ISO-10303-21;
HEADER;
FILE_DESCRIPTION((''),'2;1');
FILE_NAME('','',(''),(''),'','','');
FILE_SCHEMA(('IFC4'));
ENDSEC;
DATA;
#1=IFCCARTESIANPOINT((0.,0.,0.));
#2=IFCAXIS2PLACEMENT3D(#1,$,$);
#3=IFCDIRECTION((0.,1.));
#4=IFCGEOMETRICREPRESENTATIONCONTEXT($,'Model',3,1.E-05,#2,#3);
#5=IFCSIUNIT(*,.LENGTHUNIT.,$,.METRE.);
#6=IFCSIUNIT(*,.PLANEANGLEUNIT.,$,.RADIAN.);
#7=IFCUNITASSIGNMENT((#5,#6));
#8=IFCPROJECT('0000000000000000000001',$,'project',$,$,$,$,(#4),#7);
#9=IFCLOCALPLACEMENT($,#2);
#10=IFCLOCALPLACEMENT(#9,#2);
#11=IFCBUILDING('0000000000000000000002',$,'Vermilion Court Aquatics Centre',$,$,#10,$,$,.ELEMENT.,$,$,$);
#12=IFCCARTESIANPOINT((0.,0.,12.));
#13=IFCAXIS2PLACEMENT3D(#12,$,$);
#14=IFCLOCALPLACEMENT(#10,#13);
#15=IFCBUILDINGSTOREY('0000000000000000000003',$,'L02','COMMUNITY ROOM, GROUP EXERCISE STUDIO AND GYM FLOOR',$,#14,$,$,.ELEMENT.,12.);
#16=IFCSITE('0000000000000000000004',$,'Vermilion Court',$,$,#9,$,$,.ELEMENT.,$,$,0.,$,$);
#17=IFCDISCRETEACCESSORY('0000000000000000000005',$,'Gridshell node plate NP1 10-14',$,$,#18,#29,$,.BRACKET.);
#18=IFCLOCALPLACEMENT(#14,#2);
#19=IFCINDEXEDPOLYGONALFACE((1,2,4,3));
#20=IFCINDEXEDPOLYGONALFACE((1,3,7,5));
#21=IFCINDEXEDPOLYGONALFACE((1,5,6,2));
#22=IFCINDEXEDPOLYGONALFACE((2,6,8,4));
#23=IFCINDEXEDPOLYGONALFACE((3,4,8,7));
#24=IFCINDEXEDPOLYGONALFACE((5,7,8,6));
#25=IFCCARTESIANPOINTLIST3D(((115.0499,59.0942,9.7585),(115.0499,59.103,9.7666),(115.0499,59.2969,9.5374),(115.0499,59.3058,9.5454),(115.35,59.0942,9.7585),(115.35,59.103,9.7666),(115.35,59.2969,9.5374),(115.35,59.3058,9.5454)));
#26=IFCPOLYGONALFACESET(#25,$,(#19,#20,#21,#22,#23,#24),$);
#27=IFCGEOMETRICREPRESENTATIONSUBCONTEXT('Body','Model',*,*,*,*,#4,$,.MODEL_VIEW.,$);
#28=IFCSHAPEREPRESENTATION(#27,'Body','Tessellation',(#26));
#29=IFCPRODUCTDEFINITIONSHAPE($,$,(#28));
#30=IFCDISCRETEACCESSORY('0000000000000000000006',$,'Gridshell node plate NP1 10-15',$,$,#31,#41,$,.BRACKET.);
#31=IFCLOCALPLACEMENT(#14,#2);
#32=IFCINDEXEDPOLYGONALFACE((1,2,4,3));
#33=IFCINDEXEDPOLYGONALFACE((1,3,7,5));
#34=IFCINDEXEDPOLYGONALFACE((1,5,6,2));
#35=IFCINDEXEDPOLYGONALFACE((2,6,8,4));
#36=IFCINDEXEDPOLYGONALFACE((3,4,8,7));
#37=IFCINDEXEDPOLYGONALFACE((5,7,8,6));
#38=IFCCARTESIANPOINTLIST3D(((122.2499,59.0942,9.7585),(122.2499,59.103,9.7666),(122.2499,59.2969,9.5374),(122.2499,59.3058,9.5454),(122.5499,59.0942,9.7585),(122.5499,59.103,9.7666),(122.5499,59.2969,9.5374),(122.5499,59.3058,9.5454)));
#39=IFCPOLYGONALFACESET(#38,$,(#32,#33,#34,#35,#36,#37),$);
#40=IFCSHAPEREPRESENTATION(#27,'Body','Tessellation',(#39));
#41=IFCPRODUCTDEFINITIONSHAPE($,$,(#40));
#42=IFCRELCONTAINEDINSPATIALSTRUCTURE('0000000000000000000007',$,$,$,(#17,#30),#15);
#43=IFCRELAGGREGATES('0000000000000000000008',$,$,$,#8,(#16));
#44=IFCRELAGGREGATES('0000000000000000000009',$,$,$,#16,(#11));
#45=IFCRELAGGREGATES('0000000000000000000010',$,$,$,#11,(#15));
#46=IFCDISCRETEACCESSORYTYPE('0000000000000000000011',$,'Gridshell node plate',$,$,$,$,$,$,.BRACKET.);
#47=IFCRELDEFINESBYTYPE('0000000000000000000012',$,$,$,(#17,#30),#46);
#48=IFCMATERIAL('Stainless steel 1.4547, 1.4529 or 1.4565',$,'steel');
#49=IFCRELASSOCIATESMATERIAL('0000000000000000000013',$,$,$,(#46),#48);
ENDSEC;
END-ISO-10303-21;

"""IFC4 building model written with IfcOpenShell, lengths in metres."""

from ifc_helpers import new_model, si_unit, direction, frame, origin, origin_2d, place, context, subcontext, project, spatial, rectangle, extrude, material, material_profile, profile_set, type_object, element, save


model = new_model("IFC4")

# Units and contexts
model_context = context("Model", 3, precision=1e-05, world=origin(), true_north=direction((0.0, 1.0)))
body_context = subcontext(model_context, "Body", "Model", "MODEL_VIEW")
ifc_project = project(units=[si_unit("LENGTHUNIT", "METRE"), si_unit("PLANEANGLEUNIT", "RADIAN")], contexts=[model_context])

# Site, building, storey
site_placement = place(None, origin())
site = spatial("IfcSite", under=ifc_project, at=site_placement, Name="Vermilion Court", CompositionType="ELEMENT", RefElevation=0.0)
building_placement = place(site_placement, origin())
building = spatial("IfcBuilding", under=site, at=building_placement, Name="Vermilion Court Aquatics Centre", CompositionType="ELEMENT")
storey_placement = place(building_placement, frame((0.0, 0.0, 12.0)))
storey = spatial("IfcBuildingStorey", under=building, at=storey_placement, Name="L02", Description="COMMUNITY ROOM, GROUP EXERCISE STUDIO AND GYM FLOOR", CompositionType="ELEMENT", Elevation=12.0)

# Discrete accessories
ifc_material_1 = material(Name="Stainless steel 1.4547, 1.4529 or 1.4565", Category="steel")
ifc_material_profile_1 = material_profile(ifc_material_1, rectangle(XDim=0.3, YDim=0.3, at=origin_2d()), Name="PL 12 x 300 x 300")
ifc_profile_set_1 = profile_set([ifc_material_profile_1], Name="Stainless steel 1.4547, 1.4529 or 1.4565")
discrete_accessory_type = type_object("IfcDiscreteAccessoryType", Name="Gridshell node plate", PredefinedType="BRACKET", material=ifc_profile_set_1)
for number, where, z_axis, x_axis, name in (
    (1, (115.2, 59.1956, 9.6479), (0.0, 0.737154, 0.675725), (-1.0, 0.0, 0.0), "Gridshell node plate NP1 10-14"),
    (2, (122.3999, 59.1956, 9.6479), (0.0, 0.737154, 0.675725), (-1.0, 0.0, 0.0), "Gridshell node plate NP1 10-15"),
):
    element("IfcDiscreteAccessory", number, at=place(storey_placement, frame(where, z_axis=z_axis, x_axis=x_axis)), inside=storey, type_object=discrete_accessory_type, Name=name, PredefinedType="BRACKET", context=body_context, shape_type="SweptSolid", body=[
        extrude(rectangle(XDim=0.3, YDim=0.3, at=origin_2d()), origin(), (0.0, 0.0, 1.0), 0.012),
    ])

save(model, "model.ifc")
